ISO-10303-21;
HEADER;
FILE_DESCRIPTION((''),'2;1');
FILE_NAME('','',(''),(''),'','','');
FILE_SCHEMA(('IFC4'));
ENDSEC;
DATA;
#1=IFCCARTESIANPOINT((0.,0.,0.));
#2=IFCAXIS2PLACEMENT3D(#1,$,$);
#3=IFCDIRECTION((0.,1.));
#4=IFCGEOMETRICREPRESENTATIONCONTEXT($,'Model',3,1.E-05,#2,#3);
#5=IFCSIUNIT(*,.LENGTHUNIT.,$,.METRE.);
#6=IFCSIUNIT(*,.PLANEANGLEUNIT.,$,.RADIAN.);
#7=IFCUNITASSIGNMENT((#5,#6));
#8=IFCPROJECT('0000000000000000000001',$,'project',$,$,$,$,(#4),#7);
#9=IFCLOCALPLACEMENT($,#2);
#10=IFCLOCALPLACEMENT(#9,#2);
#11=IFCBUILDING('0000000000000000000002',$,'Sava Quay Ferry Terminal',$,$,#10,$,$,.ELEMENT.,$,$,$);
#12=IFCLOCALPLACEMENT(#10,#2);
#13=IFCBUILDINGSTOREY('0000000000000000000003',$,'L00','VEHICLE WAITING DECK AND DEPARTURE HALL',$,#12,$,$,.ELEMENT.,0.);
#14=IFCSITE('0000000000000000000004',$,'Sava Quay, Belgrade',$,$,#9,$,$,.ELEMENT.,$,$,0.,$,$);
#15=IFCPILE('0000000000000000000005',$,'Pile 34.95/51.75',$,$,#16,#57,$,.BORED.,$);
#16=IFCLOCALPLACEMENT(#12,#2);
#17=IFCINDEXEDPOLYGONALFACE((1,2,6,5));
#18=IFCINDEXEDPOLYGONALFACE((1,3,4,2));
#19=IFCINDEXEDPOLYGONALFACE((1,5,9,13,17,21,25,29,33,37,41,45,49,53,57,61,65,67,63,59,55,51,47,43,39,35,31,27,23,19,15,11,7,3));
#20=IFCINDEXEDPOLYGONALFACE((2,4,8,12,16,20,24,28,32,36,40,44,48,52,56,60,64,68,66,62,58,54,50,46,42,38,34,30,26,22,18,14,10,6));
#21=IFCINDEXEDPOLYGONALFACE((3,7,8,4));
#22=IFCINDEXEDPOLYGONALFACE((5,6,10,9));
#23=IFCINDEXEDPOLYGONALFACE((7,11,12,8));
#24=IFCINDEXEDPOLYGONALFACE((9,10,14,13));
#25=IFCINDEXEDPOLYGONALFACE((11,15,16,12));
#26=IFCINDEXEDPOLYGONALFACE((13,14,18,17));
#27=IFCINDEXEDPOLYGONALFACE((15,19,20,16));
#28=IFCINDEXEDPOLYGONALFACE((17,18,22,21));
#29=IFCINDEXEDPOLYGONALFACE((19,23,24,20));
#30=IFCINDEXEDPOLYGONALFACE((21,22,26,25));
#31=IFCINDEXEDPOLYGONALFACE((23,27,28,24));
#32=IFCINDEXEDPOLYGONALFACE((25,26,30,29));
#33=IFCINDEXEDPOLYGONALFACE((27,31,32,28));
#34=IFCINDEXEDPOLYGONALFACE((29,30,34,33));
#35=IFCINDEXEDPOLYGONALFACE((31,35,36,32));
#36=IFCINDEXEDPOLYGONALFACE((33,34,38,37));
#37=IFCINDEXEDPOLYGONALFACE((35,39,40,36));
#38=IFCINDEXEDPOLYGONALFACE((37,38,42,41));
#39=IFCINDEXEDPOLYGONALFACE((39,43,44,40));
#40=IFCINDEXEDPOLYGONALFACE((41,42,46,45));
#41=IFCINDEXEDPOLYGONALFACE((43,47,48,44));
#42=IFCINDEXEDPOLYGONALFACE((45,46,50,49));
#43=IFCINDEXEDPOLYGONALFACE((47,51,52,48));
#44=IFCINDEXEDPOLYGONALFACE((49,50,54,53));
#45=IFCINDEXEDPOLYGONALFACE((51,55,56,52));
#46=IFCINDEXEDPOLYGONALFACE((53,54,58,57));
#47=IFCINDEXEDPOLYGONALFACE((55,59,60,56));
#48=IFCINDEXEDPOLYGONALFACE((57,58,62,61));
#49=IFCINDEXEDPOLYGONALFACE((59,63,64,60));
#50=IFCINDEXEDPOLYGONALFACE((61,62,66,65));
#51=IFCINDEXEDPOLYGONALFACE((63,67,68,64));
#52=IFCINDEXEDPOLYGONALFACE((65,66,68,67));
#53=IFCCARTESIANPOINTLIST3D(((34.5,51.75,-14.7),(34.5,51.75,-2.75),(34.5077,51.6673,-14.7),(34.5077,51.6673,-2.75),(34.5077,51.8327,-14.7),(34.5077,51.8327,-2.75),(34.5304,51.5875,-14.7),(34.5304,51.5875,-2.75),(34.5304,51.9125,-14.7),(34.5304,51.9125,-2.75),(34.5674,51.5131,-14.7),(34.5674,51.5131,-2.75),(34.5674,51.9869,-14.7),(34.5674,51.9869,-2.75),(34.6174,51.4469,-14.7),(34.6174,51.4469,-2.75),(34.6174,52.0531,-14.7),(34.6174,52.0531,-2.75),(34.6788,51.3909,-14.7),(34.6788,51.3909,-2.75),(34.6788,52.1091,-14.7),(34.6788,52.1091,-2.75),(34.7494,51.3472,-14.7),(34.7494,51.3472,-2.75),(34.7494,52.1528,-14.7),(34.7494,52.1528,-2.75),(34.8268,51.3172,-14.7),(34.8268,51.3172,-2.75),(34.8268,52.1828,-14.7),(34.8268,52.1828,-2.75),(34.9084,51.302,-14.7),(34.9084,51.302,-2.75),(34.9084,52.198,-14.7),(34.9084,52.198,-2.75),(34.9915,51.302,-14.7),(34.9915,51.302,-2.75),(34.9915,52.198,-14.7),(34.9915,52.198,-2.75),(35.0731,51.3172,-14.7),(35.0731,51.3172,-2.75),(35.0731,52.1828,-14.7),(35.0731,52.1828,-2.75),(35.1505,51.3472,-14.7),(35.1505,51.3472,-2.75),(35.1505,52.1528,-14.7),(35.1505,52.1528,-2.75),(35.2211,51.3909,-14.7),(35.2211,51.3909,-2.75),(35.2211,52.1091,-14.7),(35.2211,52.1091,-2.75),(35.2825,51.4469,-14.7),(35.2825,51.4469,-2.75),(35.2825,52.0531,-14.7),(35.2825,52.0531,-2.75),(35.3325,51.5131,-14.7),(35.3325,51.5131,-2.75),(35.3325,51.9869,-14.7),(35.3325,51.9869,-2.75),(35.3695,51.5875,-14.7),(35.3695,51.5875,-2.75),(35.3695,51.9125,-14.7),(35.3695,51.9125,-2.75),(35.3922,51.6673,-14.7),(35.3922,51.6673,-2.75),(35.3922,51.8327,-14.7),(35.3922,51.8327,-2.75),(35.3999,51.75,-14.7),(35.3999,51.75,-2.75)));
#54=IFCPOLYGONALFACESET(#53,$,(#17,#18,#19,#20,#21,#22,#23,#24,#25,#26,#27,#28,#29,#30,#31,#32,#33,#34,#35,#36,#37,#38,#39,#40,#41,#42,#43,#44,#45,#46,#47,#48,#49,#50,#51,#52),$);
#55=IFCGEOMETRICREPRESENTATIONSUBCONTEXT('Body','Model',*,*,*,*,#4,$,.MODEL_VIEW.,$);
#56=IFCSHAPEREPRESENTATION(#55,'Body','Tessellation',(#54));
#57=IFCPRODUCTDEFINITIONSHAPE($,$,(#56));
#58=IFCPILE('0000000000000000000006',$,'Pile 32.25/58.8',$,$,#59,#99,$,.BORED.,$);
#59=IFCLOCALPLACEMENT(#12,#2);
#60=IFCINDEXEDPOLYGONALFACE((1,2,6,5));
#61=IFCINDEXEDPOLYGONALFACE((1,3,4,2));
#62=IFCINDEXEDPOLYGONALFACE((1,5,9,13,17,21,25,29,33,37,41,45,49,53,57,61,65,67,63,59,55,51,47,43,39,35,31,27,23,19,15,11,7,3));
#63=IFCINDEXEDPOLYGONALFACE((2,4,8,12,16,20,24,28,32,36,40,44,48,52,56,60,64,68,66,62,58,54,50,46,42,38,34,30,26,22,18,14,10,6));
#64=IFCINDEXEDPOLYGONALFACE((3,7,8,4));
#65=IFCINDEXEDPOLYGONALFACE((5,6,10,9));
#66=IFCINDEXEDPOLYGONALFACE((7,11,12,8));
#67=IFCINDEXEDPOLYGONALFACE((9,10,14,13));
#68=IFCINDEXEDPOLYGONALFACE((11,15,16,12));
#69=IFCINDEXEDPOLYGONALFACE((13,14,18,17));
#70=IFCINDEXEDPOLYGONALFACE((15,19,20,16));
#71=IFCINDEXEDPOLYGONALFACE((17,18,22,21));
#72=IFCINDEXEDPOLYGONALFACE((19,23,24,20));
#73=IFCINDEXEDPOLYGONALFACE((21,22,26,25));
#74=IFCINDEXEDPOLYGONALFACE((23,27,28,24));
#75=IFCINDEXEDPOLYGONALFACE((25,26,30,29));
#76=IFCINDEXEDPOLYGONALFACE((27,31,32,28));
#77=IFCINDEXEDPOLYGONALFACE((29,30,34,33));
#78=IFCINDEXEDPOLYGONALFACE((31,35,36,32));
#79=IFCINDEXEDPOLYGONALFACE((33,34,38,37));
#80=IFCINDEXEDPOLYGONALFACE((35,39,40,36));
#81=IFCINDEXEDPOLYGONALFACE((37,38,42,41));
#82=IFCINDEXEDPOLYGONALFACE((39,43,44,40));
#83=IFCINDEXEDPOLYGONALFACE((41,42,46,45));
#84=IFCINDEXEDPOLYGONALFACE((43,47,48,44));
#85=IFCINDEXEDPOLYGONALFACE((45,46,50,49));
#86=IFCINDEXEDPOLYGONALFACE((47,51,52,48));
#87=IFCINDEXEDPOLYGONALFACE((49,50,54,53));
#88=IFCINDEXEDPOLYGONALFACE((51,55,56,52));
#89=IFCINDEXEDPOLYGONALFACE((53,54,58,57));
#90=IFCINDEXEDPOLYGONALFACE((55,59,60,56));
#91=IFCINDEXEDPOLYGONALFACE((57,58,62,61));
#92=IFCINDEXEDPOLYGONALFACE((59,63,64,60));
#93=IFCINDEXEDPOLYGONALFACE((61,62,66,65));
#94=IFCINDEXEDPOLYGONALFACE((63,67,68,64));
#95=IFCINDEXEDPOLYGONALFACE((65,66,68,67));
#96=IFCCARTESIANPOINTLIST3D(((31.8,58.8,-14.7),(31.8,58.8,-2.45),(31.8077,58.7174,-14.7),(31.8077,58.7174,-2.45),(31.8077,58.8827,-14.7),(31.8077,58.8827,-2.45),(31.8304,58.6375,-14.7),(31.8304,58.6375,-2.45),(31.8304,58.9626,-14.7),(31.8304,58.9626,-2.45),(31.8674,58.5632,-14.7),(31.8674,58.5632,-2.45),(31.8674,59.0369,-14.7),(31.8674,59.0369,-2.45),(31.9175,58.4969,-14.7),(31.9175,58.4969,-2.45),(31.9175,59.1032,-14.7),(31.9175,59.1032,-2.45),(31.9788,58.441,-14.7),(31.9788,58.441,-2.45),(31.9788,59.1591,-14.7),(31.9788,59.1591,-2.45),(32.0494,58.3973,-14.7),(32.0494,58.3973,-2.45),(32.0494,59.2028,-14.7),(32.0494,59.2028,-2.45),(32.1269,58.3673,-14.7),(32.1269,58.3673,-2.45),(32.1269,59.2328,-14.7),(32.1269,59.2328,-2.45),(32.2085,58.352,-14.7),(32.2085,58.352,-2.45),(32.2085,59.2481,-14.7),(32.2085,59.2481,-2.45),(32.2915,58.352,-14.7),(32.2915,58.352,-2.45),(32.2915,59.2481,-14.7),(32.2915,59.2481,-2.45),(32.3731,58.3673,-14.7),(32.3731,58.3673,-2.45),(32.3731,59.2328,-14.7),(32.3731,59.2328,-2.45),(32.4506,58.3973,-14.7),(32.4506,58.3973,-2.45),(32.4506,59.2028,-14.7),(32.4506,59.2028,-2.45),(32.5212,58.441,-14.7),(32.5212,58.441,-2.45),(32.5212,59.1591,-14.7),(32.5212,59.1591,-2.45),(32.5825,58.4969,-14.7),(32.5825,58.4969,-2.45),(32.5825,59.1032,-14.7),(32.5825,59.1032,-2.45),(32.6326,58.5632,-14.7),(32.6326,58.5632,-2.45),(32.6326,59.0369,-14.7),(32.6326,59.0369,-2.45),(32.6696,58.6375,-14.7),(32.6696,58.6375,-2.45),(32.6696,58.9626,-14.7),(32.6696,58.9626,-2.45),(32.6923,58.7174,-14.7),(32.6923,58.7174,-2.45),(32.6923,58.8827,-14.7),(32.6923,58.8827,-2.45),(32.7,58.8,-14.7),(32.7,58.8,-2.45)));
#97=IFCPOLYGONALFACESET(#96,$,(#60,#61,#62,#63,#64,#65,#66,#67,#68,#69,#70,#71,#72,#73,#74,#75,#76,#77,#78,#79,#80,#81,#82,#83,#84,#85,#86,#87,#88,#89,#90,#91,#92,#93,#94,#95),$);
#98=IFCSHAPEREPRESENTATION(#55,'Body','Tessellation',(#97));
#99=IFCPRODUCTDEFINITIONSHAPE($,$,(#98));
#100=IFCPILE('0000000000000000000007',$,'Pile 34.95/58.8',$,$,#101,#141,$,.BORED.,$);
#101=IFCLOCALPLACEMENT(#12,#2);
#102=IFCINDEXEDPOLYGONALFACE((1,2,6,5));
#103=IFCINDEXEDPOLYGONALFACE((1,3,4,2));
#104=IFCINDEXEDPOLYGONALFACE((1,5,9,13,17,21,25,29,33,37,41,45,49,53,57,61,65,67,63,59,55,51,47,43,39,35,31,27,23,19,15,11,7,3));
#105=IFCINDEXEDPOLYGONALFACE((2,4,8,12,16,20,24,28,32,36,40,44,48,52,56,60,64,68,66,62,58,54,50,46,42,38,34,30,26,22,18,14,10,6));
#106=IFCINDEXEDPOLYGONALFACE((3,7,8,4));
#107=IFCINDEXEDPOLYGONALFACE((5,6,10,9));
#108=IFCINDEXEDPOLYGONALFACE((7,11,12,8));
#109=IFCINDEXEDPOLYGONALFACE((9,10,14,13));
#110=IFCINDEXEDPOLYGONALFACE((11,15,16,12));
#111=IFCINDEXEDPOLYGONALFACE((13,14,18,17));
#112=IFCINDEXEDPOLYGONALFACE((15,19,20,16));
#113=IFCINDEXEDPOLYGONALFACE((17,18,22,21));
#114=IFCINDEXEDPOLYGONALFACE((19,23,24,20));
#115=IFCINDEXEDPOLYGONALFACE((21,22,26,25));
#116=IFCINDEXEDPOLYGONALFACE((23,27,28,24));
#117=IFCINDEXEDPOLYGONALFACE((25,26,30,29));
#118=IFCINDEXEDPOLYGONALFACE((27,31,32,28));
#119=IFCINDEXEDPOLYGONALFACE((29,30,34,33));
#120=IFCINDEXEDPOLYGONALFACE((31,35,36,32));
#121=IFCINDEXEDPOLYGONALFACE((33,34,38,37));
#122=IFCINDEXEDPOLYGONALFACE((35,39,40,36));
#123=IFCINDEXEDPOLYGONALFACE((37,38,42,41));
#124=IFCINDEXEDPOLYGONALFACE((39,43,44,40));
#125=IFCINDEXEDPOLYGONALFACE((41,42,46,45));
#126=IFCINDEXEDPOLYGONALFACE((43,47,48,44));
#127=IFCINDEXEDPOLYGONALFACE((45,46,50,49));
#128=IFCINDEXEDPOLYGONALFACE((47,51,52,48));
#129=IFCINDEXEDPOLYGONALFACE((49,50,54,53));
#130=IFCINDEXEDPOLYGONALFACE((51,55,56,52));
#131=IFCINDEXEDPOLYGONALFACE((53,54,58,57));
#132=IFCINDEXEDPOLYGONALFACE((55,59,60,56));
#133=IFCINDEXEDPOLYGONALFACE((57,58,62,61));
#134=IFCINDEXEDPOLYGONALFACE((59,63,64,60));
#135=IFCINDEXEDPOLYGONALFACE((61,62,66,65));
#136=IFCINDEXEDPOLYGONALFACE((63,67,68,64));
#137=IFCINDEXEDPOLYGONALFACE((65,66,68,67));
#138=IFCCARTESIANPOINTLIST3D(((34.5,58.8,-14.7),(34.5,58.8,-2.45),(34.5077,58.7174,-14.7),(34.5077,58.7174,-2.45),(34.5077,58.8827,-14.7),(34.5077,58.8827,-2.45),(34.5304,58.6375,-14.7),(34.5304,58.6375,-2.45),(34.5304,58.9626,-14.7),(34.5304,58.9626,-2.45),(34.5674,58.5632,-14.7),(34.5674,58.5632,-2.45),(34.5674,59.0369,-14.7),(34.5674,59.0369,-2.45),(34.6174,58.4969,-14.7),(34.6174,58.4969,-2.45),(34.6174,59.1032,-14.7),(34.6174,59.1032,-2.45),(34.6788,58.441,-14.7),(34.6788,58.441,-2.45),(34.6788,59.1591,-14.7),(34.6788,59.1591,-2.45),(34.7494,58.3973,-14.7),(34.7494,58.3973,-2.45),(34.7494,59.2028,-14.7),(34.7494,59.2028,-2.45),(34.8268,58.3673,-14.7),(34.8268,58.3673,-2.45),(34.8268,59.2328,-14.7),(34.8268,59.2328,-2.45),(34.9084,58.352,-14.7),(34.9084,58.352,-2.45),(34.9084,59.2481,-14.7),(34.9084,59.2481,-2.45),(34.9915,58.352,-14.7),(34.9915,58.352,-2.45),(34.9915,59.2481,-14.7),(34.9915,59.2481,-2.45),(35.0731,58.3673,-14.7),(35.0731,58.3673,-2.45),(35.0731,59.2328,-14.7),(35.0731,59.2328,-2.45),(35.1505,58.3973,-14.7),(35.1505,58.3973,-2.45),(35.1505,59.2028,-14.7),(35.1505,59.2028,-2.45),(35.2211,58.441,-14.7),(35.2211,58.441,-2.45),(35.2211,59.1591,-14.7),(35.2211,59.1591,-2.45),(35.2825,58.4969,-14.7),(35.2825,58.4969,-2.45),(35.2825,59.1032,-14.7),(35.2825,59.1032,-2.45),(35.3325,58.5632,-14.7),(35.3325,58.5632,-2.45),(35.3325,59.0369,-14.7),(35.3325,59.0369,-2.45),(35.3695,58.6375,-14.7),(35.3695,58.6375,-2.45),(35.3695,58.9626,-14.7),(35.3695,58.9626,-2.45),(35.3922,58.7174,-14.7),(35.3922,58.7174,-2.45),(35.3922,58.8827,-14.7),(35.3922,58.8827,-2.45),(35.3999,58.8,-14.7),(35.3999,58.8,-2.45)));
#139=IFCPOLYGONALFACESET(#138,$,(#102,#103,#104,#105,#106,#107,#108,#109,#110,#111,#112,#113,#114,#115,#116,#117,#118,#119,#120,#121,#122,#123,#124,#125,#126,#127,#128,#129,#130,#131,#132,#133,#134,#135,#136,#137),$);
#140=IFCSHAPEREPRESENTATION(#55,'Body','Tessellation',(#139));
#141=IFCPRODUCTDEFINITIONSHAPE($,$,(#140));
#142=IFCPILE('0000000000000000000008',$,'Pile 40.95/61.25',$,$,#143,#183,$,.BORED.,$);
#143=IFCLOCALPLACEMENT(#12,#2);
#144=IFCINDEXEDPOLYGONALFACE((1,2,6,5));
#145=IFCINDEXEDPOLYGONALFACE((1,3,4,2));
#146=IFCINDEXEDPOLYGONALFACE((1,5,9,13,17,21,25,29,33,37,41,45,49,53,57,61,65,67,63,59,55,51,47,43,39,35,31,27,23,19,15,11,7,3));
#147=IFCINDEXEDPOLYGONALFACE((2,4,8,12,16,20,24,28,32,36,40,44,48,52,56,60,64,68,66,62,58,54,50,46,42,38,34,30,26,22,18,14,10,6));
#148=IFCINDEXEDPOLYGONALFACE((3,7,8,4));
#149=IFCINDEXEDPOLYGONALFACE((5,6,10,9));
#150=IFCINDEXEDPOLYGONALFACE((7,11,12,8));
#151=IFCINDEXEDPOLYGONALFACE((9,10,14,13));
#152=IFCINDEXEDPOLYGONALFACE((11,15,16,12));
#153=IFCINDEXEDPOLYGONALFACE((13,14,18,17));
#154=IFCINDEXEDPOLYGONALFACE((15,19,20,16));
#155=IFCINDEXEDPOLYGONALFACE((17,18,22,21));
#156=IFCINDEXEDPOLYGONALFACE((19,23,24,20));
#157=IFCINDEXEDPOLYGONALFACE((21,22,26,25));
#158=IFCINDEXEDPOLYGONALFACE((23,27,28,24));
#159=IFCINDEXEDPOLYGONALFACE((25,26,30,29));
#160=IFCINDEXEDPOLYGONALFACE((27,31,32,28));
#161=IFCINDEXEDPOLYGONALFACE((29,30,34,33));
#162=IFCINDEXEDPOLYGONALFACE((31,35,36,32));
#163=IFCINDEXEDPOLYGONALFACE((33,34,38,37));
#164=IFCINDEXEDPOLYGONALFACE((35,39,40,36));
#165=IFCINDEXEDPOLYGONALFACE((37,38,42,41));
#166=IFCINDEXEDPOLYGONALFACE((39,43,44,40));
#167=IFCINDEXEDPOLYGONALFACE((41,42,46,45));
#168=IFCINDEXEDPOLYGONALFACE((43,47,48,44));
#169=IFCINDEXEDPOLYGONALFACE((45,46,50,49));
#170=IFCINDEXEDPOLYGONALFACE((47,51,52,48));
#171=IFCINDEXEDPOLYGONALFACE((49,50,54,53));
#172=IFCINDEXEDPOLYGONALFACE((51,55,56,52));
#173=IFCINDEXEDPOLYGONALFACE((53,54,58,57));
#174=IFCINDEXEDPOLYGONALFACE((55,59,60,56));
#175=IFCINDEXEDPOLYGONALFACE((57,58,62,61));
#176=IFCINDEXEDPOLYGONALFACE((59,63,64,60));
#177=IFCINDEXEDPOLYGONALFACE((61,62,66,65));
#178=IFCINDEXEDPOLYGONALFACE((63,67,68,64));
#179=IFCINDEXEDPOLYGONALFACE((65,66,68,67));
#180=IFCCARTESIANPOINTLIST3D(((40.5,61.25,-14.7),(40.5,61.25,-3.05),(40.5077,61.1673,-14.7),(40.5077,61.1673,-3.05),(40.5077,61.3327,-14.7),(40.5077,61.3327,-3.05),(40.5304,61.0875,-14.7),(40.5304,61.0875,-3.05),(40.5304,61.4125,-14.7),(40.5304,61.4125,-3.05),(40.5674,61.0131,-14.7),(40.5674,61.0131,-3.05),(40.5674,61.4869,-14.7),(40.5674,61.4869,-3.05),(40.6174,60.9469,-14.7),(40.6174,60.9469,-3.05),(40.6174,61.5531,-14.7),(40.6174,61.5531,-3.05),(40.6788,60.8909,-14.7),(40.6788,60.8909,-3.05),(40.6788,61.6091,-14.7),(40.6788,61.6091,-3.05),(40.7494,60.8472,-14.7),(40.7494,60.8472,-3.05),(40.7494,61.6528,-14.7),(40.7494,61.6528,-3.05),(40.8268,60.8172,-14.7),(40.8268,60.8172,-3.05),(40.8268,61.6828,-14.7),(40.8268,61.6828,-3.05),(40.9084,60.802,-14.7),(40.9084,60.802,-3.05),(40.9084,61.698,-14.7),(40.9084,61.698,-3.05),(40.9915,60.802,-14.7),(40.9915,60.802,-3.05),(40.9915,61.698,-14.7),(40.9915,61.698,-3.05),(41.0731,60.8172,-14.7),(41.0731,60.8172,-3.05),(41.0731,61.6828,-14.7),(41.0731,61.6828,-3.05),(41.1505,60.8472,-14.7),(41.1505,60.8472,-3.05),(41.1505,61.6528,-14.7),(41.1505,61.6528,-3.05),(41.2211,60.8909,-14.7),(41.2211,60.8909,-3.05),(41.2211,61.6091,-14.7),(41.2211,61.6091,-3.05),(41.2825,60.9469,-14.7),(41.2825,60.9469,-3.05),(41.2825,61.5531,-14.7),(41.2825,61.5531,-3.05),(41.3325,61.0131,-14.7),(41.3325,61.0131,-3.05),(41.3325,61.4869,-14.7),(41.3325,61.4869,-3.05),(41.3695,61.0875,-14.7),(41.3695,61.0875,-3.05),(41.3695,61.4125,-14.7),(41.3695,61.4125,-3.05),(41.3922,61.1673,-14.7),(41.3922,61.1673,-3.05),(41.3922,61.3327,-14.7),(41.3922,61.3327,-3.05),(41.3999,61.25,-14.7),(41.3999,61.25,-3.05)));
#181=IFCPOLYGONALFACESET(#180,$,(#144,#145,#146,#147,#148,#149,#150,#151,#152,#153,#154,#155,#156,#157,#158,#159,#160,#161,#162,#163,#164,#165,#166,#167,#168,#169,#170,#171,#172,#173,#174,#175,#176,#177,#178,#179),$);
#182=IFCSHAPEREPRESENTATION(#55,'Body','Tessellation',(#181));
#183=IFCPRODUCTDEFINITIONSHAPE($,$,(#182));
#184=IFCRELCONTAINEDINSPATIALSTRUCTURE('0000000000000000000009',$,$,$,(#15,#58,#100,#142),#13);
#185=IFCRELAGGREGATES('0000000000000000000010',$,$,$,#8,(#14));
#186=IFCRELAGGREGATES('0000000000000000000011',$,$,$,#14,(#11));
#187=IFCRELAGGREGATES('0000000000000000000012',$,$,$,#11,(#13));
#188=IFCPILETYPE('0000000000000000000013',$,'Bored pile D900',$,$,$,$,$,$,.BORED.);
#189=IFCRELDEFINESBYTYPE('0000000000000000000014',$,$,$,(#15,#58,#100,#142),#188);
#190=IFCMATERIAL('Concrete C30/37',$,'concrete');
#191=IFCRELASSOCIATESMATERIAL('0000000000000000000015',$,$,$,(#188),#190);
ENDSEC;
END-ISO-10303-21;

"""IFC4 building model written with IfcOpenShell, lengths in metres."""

from ifc_helpers import new_model, si_unit, direction, frame, origin, origin_2d, place, context, subcontext, project, spatial, circle, extrude, material, material_profile, profile_set, type_object, element, save


model = new_model("IFC4")

# Units and contexts
model_context = context("Model", 3, precision=1e-05, world=origin(), true_north=direction((0.0, 1.0)))
body_context = subcontext(model_context, "Body", "Model", "MODEL_VIEW")
ifc_project = project(units=[si_unit("LENGTHUNIT", "METRE"), si_unit("PLANEANGLEUNIT", "RADIAN")], contexts=[model_context])

# Site, building, storey
site_placement = place(None, origin())
site = spatial("IfcSite", under=ifc_project, at=site_placement, Name="Sava Quay, Belgrade", CompositionType="ELEMENT", RefElevation=0.0)
building_placement = place(site_placement, origin())
building = spatial("IfcBuilding", under=site, at=building_placement, Name="Sava Quay Ferry Terminal", CompositionType="ELEMENT")
storey_placement = place(building_placement, origin())
storey = spatial("IfcBuildingStorey", under=building, at=storey_placement, Name="L00", Description="VEHICLE WAITING DECK AND DEPARTURE HALL", CompositionType="ELEMENT", Elevation=0.0)

# Piles
ifc_material_1 = material(Name="Concrete C30/37", Category="concrete")
ifc_material_profile_1 = material_profile(ifc_material_1, circle(Radius=0.45, at=origin_2d()), Name="Bored pile D900")
ifc_profile_set_1 = profile_set([ifc_material_profile_1], Name="Concrete C30/37")
pile_type = type_object("IfcPileType", Name="Bored pile D900", PredefinedType="BORED", material=ifc_profile_set_1)
for number, where, z_axis, x_axis, name in (
    (1, (34.95, 51.75, -2.75), (0.0, 0.0, -1.0), (1.0, 0.0, 0.0), "Pile 34.95/51.75"),
):
    element("IfcPile", number, at=place(storey_placement, frame(where, z_axis=z_axis, x_axis=x_axis)), inside=storey, type_object=pile_type, Name=name, PredefinedType="BORED", context=body_context, shape_type="SweptSolid", body=[
        extrude(circle(Radius=0.45, at=origin_2d()), origin(), (0.0, 0.0, 1.0), 11.95),
    ])
for number, where, z_axis, x_axis, name in (
    (2, (32.25, 58.8, -2.45), (0.0, 0.0, -1.0), (1.0, 0.0, 0.0), "Pile 32.25/58.8"),
    (3, (34.95, 58.8, -2.45), (0.0, 0.0, -1.0), (1.0, 0.0, 0.0), "Pile 34.95/58.8"),
):
    element("IfcPile", number, at=place(storey_placement, frame(where, z_axis=z_axis, x_axis=x_axis)), inside=storey, type_object=pile_type, Name=name, PredefinedType="BORED", context=body_context, shape_type="SweptSolid", body=[
        extrude(circle(Radius=0.45, at=origin_2d()), origin(), (0.0, 0.0, 1.0), 12.25),
    ])
for number, where, z_axis, x_axis, name in (
    (4, (40.95, 61.25, -3.05), (0.0, 0.0, -1.0), (1.0, 0.0, 0.0), "Pile 40.95/61.25"),
):
    element("IfcPile", number, at=place(storey_placement, frame(where, z_axis=z_axis, x_axis=x_axis)), inside=storey, type_object=pile_type, Name=name, PredefinedType="BORED", context=body_context, shape_type="SweptSolid", body=[
        extrude(circle(Radius=0.45, at=origin_2d()), origin(), (0.0, 0.0, 1.0), 11.6499),
    ])

save(model, "model.ifc")
